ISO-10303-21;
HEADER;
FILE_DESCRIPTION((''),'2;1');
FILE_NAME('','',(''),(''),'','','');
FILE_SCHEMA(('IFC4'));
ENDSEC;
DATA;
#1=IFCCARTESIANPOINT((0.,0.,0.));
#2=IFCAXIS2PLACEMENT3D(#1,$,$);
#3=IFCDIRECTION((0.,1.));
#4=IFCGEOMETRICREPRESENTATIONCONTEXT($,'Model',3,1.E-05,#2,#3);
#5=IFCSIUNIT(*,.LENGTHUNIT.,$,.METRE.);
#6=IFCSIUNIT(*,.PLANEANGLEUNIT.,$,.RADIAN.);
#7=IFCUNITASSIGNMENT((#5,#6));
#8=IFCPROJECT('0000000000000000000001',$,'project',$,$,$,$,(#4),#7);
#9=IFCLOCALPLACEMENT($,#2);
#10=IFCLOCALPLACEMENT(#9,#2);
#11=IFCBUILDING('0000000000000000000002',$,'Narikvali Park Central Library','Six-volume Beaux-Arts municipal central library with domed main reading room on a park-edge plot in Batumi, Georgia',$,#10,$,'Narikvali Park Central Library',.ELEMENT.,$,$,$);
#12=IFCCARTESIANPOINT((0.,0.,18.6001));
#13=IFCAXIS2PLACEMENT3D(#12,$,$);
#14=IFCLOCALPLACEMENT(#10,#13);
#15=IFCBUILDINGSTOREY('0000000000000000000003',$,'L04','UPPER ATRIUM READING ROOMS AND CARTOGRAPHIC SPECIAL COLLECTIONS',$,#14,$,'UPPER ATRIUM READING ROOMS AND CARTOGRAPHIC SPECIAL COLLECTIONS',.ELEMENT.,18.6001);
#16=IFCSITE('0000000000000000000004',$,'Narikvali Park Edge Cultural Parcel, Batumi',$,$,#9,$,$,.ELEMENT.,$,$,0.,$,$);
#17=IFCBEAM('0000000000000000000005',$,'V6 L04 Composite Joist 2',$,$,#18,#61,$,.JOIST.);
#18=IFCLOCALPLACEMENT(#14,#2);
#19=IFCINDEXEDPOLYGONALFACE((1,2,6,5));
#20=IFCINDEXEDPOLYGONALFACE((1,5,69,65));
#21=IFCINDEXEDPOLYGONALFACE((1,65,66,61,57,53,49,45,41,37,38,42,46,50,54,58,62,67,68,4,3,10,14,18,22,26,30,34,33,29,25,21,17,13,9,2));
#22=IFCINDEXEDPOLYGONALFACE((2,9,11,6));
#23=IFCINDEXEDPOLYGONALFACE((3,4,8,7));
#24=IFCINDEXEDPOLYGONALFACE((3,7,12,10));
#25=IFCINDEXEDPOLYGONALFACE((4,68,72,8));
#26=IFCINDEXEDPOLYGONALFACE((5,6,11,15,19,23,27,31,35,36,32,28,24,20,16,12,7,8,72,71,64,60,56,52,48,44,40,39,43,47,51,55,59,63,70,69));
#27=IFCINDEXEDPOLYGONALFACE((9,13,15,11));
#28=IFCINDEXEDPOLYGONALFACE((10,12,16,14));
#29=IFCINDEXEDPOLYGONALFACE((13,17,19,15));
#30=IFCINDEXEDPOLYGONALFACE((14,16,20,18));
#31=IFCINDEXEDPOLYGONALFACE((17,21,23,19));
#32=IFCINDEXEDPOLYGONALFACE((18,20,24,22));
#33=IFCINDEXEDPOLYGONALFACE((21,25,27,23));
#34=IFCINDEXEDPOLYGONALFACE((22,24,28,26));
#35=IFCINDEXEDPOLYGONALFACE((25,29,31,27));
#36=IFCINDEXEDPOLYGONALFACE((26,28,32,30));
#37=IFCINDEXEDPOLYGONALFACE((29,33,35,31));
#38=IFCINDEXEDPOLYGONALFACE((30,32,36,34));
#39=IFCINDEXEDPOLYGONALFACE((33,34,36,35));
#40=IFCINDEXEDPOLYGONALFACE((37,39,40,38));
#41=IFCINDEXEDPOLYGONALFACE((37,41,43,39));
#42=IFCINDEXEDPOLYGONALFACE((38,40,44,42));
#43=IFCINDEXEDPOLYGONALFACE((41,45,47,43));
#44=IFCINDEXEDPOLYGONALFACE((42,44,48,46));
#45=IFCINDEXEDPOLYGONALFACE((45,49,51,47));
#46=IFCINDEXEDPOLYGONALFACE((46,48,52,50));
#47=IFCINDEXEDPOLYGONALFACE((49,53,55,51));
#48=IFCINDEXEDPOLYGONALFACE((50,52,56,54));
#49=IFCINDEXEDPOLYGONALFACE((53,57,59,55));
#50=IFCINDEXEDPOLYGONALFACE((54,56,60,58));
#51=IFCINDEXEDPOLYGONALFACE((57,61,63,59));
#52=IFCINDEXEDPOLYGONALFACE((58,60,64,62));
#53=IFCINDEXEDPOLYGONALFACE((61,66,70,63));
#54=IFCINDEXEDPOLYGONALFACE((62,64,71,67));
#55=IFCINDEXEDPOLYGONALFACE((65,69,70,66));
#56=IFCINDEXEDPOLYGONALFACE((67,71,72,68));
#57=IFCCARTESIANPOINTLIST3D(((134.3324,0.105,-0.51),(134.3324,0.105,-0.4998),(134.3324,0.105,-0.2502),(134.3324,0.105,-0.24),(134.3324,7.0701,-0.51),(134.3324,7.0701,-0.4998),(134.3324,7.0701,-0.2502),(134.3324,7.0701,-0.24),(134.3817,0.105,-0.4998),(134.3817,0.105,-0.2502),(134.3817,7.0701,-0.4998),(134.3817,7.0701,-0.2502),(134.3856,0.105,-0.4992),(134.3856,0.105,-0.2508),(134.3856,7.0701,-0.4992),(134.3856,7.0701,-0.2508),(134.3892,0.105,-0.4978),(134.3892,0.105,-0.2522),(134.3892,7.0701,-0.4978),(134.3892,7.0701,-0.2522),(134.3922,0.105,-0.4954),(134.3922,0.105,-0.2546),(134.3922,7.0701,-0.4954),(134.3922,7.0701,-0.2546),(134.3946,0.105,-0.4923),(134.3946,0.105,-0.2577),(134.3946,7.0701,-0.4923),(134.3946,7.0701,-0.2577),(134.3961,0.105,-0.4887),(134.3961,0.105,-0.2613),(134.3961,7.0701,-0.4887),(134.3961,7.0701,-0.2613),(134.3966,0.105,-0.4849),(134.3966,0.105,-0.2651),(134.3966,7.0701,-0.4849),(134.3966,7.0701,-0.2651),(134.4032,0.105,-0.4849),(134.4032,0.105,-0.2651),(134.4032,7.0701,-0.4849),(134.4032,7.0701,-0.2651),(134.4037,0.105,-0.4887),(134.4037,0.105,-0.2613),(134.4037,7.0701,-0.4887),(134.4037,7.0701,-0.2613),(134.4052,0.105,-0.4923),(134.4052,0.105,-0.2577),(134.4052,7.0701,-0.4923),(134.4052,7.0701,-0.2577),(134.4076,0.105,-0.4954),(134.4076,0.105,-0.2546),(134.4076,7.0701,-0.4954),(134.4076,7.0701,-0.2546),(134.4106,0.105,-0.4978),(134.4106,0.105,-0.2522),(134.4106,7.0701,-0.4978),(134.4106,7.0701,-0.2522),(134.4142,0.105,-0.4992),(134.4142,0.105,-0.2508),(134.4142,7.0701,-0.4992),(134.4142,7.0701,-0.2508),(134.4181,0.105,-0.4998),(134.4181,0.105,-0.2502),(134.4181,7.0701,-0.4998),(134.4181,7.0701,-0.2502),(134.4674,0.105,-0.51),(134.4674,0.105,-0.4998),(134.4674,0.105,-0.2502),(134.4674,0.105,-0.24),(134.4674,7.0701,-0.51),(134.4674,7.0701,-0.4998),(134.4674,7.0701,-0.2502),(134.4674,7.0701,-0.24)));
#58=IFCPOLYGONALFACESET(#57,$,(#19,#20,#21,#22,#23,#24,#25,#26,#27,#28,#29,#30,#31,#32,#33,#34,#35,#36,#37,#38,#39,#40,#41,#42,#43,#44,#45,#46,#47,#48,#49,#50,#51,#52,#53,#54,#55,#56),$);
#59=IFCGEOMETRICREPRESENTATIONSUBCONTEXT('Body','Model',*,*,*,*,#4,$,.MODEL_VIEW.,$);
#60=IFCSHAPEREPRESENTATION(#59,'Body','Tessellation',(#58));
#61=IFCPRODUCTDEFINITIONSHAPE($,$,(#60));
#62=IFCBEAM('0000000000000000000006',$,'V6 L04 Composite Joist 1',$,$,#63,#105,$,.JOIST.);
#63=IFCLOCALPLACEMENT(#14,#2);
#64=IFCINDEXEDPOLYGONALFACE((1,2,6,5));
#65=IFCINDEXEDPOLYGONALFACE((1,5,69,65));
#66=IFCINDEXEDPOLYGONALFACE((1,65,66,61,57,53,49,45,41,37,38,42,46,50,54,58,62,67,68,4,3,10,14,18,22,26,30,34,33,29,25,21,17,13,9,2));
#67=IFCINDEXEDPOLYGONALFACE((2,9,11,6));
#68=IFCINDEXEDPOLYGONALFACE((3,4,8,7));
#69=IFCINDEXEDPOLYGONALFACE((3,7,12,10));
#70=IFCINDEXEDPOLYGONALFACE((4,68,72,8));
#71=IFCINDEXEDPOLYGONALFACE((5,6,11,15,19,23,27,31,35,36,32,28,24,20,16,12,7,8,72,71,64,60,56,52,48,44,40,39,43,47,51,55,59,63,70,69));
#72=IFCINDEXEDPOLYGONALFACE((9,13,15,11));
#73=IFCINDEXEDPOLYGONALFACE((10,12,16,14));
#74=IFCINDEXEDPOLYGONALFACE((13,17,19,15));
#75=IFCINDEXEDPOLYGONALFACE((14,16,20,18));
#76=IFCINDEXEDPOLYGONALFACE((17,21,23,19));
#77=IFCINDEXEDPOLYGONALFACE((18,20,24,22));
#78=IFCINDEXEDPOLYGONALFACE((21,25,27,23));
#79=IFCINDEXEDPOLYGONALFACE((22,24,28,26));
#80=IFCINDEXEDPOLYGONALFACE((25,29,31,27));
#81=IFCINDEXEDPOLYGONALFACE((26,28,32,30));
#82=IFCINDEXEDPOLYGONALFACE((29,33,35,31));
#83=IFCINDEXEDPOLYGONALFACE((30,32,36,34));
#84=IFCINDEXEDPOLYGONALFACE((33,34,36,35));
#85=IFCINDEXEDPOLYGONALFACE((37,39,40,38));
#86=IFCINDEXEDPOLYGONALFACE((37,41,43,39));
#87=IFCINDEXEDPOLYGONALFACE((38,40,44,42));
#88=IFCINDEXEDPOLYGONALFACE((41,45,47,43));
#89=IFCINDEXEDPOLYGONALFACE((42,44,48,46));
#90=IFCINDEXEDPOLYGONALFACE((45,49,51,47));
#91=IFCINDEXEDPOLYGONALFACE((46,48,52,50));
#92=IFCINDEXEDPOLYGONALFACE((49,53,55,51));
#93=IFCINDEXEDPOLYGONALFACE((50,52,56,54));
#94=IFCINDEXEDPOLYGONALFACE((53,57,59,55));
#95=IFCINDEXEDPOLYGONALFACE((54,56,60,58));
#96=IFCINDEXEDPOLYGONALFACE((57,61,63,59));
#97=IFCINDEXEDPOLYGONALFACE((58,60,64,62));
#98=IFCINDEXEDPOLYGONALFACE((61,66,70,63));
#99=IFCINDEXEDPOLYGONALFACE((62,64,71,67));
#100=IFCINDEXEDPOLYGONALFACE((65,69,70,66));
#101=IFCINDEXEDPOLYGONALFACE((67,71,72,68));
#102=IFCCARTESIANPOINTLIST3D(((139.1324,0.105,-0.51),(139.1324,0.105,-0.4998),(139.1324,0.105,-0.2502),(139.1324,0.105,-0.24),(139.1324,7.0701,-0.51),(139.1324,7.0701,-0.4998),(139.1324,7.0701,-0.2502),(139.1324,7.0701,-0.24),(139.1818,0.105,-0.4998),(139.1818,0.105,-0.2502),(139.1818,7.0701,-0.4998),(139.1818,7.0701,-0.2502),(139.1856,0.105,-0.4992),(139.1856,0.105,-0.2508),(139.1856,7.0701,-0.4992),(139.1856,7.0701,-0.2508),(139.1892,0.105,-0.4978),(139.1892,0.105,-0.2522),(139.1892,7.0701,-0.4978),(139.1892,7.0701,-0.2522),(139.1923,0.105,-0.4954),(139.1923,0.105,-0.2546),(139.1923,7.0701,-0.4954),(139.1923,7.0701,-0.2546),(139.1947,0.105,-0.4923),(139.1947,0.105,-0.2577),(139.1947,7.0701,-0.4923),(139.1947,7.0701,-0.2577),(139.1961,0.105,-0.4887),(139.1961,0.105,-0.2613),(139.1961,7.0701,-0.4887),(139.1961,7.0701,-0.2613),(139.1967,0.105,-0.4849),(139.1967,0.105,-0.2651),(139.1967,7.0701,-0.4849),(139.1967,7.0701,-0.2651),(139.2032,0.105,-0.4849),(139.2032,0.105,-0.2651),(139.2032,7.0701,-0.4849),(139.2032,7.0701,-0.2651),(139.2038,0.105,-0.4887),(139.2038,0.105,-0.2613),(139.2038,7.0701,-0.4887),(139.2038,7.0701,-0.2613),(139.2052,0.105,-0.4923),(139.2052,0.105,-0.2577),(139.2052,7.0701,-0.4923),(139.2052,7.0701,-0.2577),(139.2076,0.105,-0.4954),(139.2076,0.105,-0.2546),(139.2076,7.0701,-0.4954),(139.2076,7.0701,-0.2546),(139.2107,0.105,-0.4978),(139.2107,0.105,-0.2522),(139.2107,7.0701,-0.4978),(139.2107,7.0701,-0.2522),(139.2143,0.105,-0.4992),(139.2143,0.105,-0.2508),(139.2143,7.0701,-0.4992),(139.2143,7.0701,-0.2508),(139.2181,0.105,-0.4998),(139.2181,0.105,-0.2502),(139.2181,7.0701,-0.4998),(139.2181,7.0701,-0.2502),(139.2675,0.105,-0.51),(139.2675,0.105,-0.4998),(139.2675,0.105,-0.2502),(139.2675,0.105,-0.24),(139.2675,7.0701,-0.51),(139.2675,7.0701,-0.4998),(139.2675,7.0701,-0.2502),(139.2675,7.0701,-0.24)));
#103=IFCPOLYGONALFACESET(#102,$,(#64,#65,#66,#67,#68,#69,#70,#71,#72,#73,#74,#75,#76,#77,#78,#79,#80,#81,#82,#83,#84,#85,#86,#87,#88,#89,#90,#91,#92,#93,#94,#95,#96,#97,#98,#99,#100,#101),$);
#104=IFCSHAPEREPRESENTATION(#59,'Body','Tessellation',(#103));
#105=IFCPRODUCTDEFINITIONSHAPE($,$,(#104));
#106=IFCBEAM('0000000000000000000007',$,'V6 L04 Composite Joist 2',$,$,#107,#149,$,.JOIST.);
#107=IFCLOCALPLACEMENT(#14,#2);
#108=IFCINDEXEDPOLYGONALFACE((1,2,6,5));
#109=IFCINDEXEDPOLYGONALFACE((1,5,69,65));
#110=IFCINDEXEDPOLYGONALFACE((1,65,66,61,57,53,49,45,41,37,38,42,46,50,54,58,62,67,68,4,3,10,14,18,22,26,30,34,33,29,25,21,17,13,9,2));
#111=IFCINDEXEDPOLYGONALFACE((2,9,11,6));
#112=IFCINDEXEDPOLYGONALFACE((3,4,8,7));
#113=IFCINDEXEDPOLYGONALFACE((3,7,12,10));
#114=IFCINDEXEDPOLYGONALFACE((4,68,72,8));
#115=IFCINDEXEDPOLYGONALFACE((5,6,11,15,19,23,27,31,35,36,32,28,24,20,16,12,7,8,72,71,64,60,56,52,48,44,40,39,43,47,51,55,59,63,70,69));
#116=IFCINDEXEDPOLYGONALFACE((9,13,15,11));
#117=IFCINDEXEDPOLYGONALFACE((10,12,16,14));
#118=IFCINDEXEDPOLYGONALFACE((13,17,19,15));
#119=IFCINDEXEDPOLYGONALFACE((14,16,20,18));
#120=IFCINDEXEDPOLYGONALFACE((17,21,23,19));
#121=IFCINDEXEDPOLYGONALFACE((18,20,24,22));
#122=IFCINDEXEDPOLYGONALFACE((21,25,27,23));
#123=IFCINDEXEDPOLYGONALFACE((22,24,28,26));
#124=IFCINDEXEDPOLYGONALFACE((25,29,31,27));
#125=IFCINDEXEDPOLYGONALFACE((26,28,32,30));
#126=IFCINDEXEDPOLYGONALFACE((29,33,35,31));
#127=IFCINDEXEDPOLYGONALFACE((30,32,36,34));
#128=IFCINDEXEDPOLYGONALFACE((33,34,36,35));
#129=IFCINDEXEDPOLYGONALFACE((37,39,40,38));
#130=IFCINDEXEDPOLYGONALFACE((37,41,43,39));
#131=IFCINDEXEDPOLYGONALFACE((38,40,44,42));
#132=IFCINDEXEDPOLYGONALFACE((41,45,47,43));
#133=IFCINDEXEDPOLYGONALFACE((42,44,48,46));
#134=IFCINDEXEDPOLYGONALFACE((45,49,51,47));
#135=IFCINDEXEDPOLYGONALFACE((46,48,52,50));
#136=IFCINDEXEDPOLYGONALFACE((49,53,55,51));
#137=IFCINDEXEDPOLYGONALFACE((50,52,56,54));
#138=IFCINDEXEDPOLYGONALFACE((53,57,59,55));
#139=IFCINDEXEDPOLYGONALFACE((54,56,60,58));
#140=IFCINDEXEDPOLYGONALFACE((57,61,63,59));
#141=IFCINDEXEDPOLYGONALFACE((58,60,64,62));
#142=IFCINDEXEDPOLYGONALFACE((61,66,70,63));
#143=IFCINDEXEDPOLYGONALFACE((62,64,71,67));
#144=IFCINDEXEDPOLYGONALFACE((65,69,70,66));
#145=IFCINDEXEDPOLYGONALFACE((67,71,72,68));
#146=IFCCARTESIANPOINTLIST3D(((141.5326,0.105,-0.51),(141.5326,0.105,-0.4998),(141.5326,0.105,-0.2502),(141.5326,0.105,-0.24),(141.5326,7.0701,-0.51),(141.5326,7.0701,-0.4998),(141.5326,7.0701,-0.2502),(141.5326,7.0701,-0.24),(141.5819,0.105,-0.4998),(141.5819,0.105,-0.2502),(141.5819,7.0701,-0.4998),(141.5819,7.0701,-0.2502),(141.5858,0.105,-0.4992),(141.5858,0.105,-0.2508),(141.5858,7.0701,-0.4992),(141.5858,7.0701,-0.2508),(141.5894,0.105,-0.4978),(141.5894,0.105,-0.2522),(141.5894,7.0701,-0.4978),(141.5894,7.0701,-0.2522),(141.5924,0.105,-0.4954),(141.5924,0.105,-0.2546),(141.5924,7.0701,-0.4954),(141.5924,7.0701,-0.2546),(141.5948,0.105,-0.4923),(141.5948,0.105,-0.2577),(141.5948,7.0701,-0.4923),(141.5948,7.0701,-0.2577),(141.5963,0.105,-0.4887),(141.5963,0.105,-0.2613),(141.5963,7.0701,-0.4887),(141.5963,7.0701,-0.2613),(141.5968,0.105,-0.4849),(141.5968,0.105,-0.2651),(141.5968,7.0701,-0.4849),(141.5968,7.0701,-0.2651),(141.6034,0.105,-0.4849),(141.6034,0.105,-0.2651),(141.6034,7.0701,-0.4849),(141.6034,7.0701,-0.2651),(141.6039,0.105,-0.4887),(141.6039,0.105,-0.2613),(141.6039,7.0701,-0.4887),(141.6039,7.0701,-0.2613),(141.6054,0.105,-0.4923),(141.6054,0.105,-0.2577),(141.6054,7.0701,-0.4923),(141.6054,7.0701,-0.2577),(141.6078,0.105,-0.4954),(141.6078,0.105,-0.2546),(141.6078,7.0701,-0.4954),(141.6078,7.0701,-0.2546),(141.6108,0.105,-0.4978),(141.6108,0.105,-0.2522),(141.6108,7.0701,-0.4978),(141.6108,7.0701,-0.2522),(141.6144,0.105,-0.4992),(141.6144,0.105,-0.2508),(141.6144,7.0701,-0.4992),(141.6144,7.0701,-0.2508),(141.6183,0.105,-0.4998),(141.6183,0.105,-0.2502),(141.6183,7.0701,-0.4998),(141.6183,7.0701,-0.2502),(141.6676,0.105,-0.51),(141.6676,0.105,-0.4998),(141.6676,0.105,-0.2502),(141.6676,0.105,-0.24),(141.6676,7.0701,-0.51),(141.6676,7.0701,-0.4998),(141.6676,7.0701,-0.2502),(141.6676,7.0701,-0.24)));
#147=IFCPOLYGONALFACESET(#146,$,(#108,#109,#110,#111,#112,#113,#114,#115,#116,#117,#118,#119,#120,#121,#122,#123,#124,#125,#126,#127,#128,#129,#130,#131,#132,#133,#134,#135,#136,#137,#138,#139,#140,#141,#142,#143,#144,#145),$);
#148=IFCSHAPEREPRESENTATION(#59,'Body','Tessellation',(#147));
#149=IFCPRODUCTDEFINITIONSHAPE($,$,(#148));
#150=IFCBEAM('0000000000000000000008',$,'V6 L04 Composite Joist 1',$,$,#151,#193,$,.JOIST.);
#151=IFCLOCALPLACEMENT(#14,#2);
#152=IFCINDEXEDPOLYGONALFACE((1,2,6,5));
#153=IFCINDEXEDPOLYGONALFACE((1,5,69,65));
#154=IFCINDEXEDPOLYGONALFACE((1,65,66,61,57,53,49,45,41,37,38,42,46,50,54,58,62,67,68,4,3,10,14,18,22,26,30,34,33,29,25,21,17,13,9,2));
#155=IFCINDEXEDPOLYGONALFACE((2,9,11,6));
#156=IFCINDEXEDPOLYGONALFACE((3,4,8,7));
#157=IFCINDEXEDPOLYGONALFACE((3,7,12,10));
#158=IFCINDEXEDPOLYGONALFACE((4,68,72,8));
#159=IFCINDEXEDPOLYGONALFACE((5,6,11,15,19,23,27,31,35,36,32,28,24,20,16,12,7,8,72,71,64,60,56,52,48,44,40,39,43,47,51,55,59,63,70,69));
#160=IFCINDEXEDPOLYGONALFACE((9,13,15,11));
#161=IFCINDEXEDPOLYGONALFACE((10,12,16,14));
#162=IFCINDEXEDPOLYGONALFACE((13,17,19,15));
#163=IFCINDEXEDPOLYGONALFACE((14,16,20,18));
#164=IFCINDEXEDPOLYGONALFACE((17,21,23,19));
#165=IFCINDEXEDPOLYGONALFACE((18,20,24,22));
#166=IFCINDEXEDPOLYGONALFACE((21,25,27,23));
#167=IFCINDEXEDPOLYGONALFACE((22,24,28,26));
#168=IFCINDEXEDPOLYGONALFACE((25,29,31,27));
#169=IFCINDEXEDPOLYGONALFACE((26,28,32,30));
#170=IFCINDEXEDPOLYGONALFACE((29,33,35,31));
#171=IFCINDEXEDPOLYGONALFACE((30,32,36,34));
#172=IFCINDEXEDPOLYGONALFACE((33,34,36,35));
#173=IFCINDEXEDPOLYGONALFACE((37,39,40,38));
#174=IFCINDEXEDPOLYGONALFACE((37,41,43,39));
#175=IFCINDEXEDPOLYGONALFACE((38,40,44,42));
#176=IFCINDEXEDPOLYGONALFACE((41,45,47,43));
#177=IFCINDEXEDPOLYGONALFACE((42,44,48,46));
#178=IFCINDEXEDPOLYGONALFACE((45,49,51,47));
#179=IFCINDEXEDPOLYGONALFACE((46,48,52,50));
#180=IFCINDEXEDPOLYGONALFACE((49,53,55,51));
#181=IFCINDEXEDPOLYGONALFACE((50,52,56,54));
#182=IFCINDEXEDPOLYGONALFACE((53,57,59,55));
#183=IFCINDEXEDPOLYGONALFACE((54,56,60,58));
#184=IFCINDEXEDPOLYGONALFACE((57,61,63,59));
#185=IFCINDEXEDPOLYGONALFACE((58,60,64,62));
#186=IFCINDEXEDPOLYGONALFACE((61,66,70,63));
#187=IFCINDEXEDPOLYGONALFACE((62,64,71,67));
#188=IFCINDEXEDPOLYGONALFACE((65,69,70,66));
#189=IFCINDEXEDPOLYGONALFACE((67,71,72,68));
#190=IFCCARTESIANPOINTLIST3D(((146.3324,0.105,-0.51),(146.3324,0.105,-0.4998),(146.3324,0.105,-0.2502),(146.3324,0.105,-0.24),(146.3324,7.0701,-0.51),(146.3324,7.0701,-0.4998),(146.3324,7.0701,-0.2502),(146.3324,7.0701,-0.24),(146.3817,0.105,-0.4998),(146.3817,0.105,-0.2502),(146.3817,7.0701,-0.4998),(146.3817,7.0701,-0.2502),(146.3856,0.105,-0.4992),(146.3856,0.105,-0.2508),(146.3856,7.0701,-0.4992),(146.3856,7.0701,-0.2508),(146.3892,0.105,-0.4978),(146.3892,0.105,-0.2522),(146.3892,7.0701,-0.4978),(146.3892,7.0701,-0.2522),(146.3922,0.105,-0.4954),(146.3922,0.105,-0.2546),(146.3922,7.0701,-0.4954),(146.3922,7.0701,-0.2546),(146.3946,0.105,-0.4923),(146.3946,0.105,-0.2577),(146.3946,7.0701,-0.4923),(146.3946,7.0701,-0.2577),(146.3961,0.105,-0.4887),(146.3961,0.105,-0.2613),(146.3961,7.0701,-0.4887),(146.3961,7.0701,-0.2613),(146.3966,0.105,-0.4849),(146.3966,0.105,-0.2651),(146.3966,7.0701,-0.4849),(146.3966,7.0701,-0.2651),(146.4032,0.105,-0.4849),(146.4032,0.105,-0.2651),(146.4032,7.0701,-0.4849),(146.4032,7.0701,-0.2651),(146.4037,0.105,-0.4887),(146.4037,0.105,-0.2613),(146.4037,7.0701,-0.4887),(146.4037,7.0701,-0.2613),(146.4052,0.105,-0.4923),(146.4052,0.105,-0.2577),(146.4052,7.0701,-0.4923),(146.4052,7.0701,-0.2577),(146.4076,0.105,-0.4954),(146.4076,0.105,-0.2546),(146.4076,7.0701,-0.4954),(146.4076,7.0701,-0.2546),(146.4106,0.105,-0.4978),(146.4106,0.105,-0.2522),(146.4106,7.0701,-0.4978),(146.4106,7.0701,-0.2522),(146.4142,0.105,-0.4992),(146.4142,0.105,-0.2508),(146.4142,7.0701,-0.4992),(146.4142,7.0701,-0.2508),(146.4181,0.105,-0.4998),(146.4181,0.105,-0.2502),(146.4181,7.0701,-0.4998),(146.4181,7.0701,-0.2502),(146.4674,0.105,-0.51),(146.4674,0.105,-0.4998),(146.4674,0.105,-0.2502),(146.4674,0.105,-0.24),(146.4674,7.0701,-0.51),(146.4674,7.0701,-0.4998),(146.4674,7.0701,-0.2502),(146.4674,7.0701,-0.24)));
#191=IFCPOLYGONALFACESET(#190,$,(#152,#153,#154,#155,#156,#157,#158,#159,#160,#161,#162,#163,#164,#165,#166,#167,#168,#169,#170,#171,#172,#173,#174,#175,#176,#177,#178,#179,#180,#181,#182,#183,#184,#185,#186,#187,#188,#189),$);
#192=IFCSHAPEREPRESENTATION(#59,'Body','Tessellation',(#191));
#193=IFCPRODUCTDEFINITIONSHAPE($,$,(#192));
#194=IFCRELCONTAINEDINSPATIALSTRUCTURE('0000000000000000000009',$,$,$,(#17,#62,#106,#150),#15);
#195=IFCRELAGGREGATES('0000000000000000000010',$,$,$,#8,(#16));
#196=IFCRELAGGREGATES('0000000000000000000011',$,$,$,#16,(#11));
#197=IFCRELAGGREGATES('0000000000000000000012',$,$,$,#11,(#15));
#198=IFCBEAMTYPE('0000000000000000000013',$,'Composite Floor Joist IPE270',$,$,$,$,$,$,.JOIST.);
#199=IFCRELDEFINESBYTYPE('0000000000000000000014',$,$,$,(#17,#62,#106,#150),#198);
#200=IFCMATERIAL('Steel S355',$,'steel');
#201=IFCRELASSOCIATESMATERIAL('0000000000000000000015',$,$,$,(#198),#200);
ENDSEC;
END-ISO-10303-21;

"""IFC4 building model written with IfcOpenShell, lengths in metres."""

from ifc_helpers import new_model, si_unit, direction, frame, origin, origin_2d, place, context, subcontext, project, spatial, i_section, extrude, material, material_profile, profile_set, type_object, element, save


model = new_model("IFC4")

# Units and contexts
model_context = context("Model", 3, precision=1e-05, world=origin(), true_north=direction((0.0, 1.0)))
body_context = subcontext(model_context, "Body", "Model", "MODEL_VIEW")
ifc_project = project(units=[si_unit("LENGTHUNIT", "METRE"), si_unit("PLANEANGLEUNIT", "RADIAN")], contexts=[model_context])

# Site, building, storey
site_placement = place(None, origin())
site = spatial("IfcSite", under=ifc_project, at=site_placement, Name="Narikvali Park Edge Cultural Parcel, Batumi", CompositionType="ELEMENT", RefElevation=0.0)
building_placement = place(site_placement, origin())
building = spatial("IfcBuilding", under=site, at=building_placement, Name="Narikvali Park Central Library", Description="Six-volume Beaux-Arts municipal central library with domed main reading room on a park-edge plot in Batumi, Georgia", LongName="Narikvali Park Central Library", CompositionType="ELEMENT")
storey_placement = place(building_placement, frame((0.0, 0.0, 18.6001)))
storey = spatial("IfcBuildingStorey", under=building, at=storey_placement, Name="L04", Description="UPPER ATRIUM READING ROOMS AND CARTOGRAPHIC SPECIAL COLLECTIONS", LongName="UPPER ATRIUM READING ROOMS AND CARTOGRAPHIC SPECIAL COLLECTIONS", CompositionType="ELEMENT", Elevation=18.6001)

# Beams
ifc_material = material(Name="Steel S355", Category="steel")
ifc_material_profile_1 = material_profile(ifc_material, i_section(OverallWidth=0.135, OverallDepth=0.27, WebThickness=0.0066, FlangeThickness=0.0103, FilletRadius=0.0149, at=origin_2d()), Name="IPE 270")
ifc_profile_set_1 = profile_set([ifc_material_profile_1], Name="Steel S355")
beam_type_1 = type_object("IfcBeamType", Name="Composite Floor Joist IPE270", PredefinedType="JOIST", material=ifc_profile_set_1)
for number, where, z_axis, x_axis, name in (
    (1, (134.3999, 0.105, -0.375), (0.0, 1.0, 0.0), (-1.0, 0.0, 0.0), "V6 L04 Composite Joist 2"),
    (2, (139.2, 0.105, -0.375), (0.0, 1.0, 0.0), (-1.0, 0.0, 0.0), "V6 L04 Composite Joist 1"),
    (3, (141.6001, 0.105, -0.375), (0.0, 1.0, 0.0), (-1.0, 0.0, 0.0), "V6 L04 Composite Joist 2"),
    (4, (146.3999, 0.105, -0.375), (0.0, 1.0, 0.0), (-1.0, 0.0, 0.0), "V6 L04 Composite Joist 1"),
):
    element("IfcBeam", number, at=place(storey_placement, frame(where, z_axis=z_axis, x_axis=x_axis)), inside=storey, type_object=beam_type_1, Name=name, PredefinedType="JOIST", context=body_context, shape_type="SweptSolid", body=[
        extrude(i_section(OverallWidth=0.135, OverallDepth=0.27, WebThickness=0.0066, FlangeThickness=0.0103, FilletRadius=0.0149, at=origin_2d()), origin(), (0.0, 0.0, 1.0), 6.9651),
    ])

save(model, "model.ifc")
